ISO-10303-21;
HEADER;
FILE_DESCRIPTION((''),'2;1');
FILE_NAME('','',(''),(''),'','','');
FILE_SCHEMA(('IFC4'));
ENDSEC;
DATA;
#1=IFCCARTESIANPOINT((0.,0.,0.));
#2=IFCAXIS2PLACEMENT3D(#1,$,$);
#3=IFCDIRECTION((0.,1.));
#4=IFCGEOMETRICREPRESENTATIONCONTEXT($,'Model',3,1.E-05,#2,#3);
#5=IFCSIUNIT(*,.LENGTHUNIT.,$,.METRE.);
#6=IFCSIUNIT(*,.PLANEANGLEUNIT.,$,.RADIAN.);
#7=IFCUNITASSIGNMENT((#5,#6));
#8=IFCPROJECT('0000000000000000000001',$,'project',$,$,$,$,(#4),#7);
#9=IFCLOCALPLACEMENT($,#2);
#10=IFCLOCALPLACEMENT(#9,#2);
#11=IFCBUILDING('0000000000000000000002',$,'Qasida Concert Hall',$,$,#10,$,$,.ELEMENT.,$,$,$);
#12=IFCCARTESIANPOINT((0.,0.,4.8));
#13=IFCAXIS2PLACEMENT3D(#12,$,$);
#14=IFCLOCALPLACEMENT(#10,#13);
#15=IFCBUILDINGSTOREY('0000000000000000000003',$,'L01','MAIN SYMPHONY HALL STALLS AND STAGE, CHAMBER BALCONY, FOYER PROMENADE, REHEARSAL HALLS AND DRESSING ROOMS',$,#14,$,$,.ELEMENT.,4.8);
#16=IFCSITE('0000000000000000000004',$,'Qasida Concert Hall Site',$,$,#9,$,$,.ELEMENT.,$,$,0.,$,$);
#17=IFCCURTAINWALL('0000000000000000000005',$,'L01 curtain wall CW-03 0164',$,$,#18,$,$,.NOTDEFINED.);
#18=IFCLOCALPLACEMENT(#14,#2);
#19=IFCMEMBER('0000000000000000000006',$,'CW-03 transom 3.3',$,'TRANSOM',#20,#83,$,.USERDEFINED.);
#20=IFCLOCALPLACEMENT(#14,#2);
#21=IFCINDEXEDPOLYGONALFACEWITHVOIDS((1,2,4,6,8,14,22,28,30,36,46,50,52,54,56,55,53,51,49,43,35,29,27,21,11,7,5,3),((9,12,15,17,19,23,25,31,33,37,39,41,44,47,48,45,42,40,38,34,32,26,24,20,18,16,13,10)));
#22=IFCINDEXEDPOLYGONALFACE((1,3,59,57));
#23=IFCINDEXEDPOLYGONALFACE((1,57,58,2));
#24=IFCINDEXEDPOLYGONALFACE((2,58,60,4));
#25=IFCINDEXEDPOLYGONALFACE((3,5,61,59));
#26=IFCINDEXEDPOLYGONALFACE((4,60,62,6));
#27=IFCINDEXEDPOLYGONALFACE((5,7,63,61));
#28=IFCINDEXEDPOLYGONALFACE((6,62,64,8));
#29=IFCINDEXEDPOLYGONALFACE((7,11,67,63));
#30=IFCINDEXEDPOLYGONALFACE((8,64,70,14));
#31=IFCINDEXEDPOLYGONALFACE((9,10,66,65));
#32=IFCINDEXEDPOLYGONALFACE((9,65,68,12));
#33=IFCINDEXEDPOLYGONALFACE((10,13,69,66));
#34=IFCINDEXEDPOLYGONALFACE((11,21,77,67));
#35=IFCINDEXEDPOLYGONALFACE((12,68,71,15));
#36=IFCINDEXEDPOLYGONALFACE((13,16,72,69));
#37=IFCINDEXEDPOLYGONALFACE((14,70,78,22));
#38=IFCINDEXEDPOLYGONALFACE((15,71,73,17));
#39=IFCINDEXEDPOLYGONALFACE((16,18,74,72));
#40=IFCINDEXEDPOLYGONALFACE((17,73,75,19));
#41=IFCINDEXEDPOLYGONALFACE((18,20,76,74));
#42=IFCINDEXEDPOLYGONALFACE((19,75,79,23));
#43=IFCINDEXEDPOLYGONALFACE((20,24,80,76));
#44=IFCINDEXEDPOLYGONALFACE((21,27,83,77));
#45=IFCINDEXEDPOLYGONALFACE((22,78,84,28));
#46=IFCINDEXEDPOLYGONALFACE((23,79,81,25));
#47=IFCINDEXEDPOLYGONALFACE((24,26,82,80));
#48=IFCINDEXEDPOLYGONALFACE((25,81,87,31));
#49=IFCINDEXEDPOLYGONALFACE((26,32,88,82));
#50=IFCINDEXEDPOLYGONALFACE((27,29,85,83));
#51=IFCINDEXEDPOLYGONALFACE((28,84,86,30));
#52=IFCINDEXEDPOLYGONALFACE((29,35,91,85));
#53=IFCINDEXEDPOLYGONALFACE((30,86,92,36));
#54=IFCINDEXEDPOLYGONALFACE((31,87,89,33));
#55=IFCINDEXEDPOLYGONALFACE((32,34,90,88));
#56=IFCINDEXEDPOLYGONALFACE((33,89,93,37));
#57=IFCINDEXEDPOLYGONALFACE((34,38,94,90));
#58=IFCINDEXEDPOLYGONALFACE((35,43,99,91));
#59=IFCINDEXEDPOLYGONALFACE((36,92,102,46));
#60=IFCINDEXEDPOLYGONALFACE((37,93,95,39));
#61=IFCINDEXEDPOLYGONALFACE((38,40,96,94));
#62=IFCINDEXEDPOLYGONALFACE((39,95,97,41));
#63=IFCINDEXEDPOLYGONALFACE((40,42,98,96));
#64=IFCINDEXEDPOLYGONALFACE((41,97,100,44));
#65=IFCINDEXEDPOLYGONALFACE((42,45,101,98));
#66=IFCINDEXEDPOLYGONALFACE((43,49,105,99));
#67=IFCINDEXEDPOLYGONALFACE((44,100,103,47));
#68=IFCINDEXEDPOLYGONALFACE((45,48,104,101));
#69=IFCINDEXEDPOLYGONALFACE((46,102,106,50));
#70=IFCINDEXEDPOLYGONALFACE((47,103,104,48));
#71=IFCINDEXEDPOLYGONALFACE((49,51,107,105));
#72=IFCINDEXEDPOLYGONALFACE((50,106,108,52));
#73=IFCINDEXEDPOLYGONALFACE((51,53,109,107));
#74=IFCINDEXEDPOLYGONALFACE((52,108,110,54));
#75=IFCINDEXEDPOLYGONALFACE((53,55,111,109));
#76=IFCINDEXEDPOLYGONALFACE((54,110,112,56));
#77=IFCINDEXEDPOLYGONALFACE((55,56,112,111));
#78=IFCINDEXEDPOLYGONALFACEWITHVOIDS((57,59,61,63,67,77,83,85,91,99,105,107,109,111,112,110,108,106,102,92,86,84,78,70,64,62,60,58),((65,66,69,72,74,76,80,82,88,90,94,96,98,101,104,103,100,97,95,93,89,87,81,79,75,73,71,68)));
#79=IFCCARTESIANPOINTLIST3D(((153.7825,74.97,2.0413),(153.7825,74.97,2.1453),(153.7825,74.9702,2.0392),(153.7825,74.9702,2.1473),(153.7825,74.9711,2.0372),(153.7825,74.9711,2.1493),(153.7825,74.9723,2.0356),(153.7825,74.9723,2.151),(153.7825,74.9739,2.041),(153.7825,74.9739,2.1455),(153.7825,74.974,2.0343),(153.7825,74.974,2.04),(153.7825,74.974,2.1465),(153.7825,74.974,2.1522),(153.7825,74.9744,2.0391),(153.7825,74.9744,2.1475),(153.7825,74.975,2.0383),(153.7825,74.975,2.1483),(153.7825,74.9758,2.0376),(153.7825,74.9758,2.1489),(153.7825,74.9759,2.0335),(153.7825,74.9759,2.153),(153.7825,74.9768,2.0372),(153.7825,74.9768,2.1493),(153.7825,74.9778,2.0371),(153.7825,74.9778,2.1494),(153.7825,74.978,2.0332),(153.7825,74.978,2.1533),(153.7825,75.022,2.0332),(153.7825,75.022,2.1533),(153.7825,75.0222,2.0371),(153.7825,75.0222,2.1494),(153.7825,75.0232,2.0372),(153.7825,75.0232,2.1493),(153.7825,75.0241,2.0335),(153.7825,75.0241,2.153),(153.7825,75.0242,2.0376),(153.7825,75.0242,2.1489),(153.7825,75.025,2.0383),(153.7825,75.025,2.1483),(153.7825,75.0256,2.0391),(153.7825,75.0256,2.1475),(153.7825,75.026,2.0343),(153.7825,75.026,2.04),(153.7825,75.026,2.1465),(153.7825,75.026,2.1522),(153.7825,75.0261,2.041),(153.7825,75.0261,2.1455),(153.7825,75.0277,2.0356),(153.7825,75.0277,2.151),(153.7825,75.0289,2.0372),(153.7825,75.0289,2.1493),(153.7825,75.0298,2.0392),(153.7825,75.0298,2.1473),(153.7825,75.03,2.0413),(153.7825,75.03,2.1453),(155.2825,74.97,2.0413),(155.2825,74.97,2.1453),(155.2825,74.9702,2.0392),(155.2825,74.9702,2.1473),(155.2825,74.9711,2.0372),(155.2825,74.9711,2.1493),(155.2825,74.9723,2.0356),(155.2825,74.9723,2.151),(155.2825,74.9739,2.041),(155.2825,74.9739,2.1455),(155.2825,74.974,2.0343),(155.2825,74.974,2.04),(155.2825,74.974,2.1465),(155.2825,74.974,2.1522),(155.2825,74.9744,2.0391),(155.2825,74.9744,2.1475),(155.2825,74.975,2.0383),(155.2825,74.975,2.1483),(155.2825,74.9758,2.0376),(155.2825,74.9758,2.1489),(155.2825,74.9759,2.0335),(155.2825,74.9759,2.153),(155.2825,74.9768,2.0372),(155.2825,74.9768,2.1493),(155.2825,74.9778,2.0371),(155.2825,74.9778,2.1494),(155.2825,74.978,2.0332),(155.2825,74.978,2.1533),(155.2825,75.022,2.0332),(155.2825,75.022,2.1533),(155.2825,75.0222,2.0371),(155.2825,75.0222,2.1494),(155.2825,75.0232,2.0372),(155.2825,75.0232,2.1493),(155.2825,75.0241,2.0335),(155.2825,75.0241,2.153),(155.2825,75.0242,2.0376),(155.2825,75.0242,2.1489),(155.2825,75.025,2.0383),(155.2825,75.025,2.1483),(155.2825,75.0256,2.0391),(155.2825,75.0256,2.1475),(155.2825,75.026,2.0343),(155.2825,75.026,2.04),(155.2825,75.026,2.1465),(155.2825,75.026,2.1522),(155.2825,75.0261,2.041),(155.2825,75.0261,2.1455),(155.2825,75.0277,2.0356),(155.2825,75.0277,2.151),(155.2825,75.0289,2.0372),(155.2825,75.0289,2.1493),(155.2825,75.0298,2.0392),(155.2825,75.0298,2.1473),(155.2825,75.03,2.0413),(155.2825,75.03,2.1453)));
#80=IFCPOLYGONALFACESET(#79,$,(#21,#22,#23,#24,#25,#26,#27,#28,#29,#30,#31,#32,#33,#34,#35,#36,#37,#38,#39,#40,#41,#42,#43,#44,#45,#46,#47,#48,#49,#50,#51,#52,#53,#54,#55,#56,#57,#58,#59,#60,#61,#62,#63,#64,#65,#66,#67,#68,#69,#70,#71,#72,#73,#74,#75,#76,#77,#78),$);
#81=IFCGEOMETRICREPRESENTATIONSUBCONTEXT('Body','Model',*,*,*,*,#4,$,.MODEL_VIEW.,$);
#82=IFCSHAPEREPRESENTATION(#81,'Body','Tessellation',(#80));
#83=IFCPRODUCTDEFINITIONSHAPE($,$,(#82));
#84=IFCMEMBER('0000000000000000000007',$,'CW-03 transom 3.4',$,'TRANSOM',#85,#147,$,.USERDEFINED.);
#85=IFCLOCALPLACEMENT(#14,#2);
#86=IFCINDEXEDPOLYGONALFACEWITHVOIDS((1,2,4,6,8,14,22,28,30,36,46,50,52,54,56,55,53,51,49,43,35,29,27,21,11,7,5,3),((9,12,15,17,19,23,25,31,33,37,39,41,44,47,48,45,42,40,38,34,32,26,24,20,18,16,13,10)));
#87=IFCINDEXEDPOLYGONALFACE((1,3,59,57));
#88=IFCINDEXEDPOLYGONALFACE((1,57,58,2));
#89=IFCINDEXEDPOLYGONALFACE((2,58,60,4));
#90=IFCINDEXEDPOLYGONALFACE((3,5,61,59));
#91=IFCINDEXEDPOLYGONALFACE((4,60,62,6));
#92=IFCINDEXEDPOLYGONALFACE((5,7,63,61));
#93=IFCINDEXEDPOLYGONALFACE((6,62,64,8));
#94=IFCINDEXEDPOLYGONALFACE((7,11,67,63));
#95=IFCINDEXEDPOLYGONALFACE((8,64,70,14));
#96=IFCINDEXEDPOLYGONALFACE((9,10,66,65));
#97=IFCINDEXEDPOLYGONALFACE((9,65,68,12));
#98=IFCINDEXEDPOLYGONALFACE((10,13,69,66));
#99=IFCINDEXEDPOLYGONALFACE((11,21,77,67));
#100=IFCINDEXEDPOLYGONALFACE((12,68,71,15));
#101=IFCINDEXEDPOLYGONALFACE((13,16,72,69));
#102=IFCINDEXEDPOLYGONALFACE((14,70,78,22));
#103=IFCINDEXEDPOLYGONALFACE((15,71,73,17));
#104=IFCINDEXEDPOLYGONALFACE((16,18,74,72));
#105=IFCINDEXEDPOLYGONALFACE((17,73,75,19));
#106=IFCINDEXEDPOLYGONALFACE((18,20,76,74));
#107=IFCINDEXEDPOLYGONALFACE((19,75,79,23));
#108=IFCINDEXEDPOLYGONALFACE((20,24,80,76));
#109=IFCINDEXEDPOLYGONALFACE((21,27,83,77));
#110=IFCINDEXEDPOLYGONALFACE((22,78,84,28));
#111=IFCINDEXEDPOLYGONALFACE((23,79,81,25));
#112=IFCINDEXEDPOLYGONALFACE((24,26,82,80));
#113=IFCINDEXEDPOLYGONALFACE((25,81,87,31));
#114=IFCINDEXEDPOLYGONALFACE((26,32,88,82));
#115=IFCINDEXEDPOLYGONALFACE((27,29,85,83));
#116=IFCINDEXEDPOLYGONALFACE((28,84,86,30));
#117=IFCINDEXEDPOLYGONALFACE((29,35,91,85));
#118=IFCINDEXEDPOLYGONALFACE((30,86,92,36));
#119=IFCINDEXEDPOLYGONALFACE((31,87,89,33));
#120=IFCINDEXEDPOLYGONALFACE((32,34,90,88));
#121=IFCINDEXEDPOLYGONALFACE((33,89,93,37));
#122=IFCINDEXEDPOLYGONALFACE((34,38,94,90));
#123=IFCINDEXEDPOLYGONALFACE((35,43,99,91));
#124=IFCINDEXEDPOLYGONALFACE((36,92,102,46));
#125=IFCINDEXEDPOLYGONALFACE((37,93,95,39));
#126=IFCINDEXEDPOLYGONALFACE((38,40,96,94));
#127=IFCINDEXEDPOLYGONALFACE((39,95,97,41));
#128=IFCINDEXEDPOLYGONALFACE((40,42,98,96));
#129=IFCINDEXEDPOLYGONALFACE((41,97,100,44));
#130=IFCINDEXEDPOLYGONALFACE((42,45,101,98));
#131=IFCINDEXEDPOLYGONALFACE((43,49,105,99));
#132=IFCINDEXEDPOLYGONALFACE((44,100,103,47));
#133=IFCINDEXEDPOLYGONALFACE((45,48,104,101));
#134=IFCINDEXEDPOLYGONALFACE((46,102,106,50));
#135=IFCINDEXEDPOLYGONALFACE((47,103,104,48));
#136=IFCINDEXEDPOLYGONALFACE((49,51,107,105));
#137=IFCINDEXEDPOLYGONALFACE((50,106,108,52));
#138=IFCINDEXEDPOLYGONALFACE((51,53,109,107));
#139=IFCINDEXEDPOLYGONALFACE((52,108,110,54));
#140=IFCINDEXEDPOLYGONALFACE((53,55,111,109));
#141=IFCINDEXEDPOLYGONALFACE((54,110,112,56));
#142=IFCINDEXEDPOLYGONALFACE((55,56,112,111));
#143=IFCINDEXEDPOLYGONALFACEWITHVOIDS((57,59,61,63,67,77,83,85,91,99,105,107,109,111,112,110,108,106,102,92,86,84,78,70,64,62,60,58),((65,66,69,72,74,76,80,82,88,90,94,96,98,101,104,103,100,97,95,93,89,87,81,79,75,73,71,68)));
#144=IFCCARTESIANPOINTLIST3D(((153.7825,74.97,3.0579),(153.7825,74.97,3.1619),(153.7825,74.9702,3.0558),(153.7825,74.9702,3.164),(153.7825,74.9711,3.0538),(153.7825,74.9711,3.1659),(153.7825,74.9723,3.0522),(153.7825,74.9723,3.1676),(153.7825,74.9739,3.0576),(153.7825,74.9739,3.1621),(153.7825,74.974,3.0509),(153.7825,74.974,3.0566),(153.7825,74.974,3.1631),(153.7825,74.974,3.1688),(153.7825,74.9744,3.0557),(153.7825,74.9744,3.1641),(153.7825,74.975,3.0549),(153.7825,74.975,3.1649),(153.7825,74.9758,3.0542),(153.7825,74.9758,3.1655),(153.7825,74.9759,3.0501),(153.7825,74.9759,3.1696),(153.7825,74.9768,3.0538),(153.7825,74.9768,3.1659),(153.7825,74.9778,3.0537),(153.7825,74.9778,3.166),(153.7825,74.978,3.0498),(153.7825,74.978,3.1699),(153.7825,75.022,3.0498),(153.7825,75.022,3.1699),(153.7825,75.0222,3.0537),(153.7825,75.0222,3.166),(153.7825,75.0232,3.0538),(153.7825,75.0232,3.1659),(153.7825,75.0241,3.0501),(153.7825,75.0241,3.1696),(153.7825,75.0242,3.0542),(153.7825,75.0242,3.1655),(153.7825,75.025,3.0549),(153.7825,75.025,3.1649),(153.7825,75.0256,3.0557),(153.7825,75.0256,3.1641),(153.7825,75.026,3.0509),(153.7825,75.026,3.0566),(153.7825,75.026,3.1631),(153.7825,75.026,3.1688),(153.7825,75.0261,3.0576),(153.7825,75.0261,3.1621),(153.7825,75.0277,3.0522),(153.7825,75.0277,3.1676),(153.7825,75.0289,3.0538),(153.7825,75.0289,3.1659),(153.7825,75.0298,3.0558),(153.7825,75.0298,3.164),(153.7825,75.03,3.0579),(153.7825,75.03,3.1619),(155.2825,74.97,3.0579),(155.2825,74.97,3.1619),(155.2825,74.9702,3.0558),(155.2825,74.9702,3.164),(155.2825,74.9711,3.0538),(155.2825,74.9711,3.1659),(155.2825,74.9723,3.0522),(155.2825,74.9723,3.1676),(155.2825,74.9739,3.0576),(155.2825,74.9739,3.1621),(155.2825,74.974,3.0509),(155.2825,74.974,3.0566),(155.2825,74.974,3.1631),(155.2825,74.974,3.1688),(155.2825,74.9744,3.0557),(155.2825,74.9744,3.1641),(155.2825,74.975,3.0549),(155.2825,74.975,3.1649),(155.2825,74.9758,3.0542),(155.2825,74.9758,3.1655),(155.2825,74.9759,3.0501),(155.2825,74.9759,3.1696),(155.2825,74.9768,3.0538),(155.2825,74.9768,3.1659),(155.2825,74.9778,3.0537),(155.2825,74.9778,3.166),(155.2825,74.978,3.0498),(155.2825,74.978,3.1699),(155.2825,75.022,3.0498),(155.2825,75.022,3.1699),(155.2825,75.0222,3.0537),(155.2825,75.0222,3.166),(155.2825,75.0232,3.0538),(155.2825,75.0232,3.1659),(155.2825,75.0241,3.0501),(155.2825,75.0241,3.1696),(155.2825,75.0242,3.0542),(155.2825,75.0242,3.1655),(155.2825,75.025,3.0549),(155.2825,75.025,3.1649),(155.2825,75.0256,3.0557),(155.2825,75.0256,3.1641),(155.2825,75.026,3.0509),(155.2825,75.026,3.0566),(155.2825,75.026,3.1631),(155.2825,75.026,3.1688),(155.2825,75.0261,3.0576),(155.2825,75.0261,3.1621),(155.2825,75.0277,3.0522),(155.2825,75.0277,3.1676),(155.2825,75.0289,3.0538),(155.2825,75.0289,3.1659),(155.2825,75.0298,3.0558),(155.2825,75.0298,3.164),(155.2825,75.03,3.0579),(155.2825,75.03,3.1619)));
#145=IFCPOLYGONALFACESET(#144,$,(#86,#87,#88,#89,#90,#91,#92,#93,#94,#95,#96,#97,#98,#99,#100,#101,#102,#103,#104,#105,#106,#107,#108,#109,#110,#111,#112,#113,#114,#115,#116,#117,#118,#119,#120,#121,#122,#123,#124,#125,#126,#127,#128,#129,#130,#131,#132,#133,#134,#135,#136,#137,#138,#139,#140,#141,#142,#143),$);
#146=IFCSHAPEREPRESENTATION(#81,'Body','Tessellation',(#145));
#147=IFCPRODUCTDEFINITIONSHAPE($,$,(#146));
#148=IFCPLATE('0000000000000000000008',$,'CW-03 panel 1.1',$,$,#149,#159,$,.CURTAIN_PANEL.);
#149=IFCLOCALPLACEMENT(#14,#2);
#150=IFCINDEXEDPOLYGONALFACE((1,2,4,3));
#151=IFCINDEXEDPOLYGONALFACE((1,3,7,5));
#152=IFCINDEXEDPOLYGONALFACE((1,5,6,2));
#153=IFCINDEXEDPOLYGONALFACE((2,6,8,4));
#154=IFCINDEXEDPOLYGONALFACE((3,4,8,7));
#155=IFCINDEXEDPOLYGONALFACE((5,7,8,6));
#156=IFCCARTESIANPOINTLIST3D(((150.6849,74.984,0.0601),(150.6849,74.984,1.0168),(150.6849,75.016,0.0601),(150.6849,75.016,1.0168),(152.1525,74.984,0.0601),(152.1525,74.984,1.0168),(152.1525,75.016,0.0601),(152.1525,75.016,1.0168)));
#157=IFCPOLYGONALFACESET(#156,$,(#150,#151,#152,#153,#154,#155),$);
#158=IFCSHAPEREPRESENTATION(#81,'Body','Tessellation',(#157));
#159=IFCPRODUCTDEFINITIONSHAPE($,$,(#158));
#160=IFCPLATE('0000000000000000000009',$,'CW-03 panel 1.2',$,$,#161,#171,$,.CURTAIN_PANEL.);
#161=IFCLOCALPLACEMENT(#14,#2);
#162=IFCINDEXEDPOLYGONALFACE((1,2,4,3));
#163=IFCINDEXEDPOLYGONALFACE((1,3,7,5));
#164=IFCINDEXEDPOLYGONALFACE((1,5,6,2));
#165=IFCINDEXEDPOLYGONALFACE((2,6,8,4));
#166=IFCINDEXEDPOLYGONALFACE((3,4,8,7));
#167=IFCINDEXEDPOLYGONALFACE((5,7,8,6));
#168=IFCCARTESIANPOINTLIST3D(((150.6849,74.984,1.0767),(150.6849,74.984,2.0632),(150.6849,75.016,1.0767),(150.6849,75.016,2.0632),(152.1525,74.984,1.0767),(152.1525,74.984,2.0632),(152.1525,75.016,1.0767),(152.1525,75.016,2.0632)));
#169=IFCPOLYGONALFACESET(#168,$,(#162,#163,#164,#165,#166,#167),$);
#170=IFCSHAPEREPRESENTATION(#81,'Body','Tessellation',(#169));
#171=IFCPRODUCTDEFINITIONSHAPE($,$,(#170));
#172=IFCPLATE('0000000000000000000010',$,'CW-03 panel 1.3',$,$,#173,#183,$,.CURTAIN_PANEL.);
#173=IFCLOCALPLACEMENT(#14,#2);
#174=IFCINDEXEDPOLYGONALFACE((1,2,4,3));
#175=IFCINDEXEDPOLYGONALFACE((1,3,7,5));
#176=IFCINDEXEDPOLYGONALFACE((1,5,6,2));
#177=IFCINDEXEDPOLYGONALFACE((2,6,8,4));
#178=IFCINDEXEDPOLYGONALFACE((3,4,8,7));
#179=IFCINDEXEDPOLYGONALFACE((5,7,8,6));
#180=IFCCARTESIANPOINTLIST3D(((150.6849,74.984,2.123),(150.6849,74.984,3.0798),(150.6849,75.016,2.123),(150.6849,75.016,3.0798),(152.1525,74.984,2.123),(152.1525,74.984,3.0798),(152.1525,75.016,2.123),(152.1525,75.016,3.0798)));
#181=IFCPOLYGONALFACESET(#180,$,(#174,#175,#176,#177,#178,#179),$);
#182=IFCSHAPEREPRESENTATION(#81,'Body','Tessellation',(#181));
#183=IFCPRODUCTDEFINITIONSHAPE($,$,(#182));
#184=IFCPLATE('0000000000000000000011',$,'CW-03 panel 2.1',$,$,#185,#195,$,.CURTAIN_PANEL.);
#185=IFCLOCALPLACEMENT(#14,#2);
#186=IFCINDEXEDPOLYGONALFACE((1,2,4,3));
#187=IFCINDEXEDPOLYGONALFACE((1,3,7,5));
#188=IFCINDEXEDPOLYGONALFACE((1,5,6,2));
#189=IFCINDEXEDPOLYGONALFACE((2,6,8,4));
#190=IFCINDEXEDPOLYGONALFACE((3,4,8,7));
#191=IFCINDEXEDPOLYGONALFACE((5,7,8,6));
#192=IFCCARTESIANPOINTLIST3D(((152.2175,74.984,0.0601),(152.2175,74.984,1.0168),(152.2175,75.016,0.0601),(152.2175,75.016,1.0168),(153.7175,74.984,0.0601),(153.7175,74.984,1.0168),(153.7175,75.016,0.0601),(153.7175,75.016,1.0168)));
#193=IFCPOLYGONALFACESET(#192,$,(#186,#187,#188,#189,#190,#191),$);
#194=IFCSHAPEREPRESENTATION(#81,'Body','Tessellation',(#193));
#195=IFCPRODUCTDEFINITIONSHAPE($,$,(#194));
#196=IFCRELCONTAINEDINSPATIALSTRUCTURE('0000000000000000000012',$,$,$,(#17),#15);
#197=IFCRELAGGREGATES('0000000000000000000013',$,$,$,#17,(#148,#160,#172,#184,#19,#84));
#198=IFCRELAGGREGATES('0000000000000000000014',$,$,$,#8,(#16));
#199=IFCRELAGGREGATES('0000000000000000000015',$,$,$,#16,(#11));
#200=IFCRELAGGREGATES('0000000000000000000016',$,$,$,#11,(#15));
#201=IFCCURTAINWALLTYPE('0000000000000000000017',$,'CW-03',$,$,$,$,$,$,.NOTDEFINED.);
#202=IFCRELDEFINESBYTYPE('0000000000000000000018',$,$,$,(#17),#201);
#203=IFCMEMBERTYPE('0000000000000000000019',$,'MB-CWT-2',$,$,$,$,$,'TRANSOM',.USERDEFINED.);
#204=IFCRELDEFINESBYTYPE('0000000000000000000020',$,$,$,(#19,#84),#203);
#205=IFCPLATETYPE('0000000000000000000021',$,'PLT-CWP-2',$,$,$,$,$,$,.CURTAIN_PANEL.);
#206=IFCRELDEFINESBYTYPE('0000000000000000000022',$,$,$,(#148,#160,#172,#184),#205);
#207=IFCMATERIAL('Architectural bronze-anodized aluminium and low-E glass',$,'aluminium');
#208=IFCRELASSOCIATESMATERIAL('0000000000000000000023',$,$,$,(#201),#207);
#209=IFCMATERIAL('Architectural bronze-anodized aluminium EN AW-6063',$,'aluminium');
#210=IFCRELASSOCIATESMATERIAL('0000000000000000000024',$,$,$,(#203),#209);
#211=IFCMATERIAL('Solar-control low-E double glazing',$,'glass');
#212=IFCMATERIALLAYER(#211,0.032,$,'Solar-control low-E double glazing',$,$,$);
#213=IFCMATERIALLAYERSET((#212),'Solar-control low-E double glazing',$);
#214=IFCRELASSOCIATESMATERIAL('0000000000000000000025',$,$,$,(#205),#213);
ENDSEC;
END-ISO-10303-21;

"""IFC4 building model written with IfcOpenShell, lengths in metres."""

from ifc_helpers import new_model, si_unit, direction, frame, origin, origin_2d, place, context, subcontext, project, spatial, rectangle, hollow_rectangle, extrude, material, layer, layer_set, material_profile, profile_set, type_object, element, aggregate, save


model = new_model("IFC4")

# Units and contexts
model_context = context("Model", 3, precision=1e-05, world=origin(), true_north=direction((0.0, 1.0)))
body_context = subcontext(model_context, "Body", "Model", "MODEL_VIEW")
ifc_project = project(units=[si_unit("LENGTHUNIT", "METRE"), si_unit("PLANEANGLEUNIT", "RADIAN")], contexts=[model_context])

# Site, building, storey
site_placement = place(None, origin())
site = spatial("IfcSite", under=ifc_project, at=site_placement, Name="Qasida Concert Hall Site", CompositionType="ELEMENT", RefElevation=0.0)
building_placement = place(site_placement, origin())
building = spatial("IfcBuilding", under=site, at=building_placement, Name="Qasida Concert Hall", CompositionType="ELEMENT")
storey_placement = place(building_placement, frame((0.0, 0.0, 4.8)))
storey = spatial("IfcBuildingStorey", under=building, at=storey_placement, Name="L01", Description="MAIN SYMPHONY HALL STALLS AND STAGE, CHAMBER BALCONY, FOYER PROMENADE, REHEARSAL HALLS AND DRESSING ROOMS", CompositionType="ELEMENT", Elevation=4.8)

# Curtain wall, members, plates
ifc_material_1 = material(Name="Architectural bronze-anodized aluminium and low-E glass", Category="aluminium")
curtain_wall_type = type_object("IfcCurtainWallType", Name="CW-03", PredefinedType="NOTDEFINED", material=ifc_material_1)
curtain_wall_placement = place(storey_placement, origin())
curtain_wall = element("IfcCurtainWall", 1, at=curtain_wall_placement, inside=storey, type_object=curtain_wall_type, Name="L01 curtain wall CW-03 0164", PredefinedType="NOTDEFINED")
ifc_material_2 = material(Name="Architectural bronze-anodized aluminium EN AW-6063", Category="aluminium")
ifc_material_profile_1 = material_profile(ifc_material_2, hollow_rectangle(XDim=0.0601, YDim=0.1201, WallThickness=0.0039, InnerFilletRadius=0.0039, OuterFilletRadius=0.0081, at=origin_2d()), Name="CWT 120x60x4")
ifc_profile_set_1 = profile_set([ifc_material_profile_1], Name="Architectural bronze-anodized aluminium EN AW-6063")
member_type_1 = type_object("IfcMemberType", Name="MB-CWT-2", ElementType="TRANSOM", PredefinedType="USERDEFINED", material=ifc_profile_set_1)
member_1_placement = place(storey_placement, frame((153.7825, 75.0, 2.0933), z_axis=(1.0, 0.0, 0.0), x_axis=(0.0, 1.0, 0.0)))
member_1 = element("IfcMember", 2, at=member_1_placement, type_object=member_type_1, Name="CW-03 transom 3.3", ObjectType="TRANSOM", PredefinedType="USERDEFINED", context=body_context, shape_type="SweptSolid", body=[
    extrude(hollow_rectangle(XDim=0.0601, YDim=0.1201, WallThickness=0.0039, InnerFilletRadius=0.0039, OuterFilletRadius=0.0081, at=origin_2d()), origin(), (0.0, 0.0, 1.0), 1.5),
])
member_2_placement = place(storey_placement, frame((153.7825, 75.0, 3.1099), z_axis=(1.0, 0.0, 0.0), x_axis=(0.0, 1.0, 0.0)))
member_2 = element("IfcMember", 3, at=member_2_placement, type_object=member_type_1, Name="CW-03 transom 3.4", ObjectType="TRANSOM", PredefinedType="USERDEFINED", context=body_context, shape_type="SweptSolid", body=[
    extrude(hollow_rectangle(XDim=0.0601, YDim=0.1201, WallThickness=0.0039, InnerFilletRadius=0.0039, OuterFilletRadius=0.0081, at=origin_2d()), origin(), (0.0, 0.0, 1.0), 1.5),
])
ifc_material_3 = material(Name="Solar-control low-E double glazing", Category="glass")
ifc_layer_1 = layer(ifc_material_3, 0.032, Name="Solar-control low-E double glazing")
ifc_layer_set_1 = layer_set([ifc_layer_1], Name="Solar-control low-E double glazing")
plate_type = type_object("IfcPlateType", Name="PLT-CWP-2", PredefinedType="CURTAIN_PANEL", material=ifc_layer_set_1)
plate_1_placement = place(storey_placement, frame((151.4187, 75.0, 0.0601), z_axis=(0.0, 0.0, 1.0), x_axis=(1.0, 0.0, 0.0)))
plate_1 = element("IfcPlate", 4, at=plate_1_placement, type_object=plate_type, Name="CW-03 panel 1.1", PredefinedType="CURTAIN_PANEL", context=body_context, shape_type="SweptSolid", body=[
    extrude(rectangle(XDim=1.4675, YDim=0.032, at=origin_2d()), origin(), (0.0, 0.0, 1.0), 0.9568),
])
plate_2_placement = place(storey_placement, frame((151.4187, 75.0, 1.0767), z_axis=(0.0, 0.0, 1.0), x_axis=(1.0, 0.0, 0.0)))
plate_2 = element("IfcPlate", 5, at=plate_2_placement, type_object=plate_type, Name="CW-03 panel 1.2", PredefinedType="CURTAIN_PANEL", context=body_context, shape_type="SweptSolid", body=[
    extrude(rectangle(XDim=1.4675, YDim=0.032, at=origin_2d()), origin(), (0.0, 0.0, 1.0), 0.9866),
])
plate_3_placement = place(storey_placement, frame((151.4187, 75.0, 2.123), z_axis=(0.0, 0.0, 1.0), x_axis=(1.0, 0.0, 0.0)))
plate_3 = element("IfcPlate", 6, at=plate_3_placement, type_object=plate_type, Name="CW-03 panel 1.3", PredefinedType="CURTAIN_PANEL", context=body_context, shape_type="SweptSolid", body=[
    extrude(rectangle(XDim=1.4675, YDim=0.032, at=origin_2d()), origin(), (0.0, 0.0, 1.0), 0.9568),
])
plate_4_placement = place(storey_placement, frame((152.9675, 75.0, 0.0601), z_axis=(0.0, 0.0, 1.0), x_axis=(1.0, 0.0, 0.0)))
plate_4 = element("IfcPlate", 7, at=plate_4_placement, type_object=plate_type, Name="CW-03 panel 2.1", PredefinedType="CURTAIN_PANEL", context=body_context, shape_type="SweptSolid", body=[
    extrude(rectangle(XDim=1.5, YDim=0.032, at=origin_2d()), origin(), (0.0, 0.0, 1.0), 0.9568),
])
aggregate(curtain_wall, [plate_1, plate_2, plate_3, plate_4, member_1, member_2])

save(model, "model.ifc")
